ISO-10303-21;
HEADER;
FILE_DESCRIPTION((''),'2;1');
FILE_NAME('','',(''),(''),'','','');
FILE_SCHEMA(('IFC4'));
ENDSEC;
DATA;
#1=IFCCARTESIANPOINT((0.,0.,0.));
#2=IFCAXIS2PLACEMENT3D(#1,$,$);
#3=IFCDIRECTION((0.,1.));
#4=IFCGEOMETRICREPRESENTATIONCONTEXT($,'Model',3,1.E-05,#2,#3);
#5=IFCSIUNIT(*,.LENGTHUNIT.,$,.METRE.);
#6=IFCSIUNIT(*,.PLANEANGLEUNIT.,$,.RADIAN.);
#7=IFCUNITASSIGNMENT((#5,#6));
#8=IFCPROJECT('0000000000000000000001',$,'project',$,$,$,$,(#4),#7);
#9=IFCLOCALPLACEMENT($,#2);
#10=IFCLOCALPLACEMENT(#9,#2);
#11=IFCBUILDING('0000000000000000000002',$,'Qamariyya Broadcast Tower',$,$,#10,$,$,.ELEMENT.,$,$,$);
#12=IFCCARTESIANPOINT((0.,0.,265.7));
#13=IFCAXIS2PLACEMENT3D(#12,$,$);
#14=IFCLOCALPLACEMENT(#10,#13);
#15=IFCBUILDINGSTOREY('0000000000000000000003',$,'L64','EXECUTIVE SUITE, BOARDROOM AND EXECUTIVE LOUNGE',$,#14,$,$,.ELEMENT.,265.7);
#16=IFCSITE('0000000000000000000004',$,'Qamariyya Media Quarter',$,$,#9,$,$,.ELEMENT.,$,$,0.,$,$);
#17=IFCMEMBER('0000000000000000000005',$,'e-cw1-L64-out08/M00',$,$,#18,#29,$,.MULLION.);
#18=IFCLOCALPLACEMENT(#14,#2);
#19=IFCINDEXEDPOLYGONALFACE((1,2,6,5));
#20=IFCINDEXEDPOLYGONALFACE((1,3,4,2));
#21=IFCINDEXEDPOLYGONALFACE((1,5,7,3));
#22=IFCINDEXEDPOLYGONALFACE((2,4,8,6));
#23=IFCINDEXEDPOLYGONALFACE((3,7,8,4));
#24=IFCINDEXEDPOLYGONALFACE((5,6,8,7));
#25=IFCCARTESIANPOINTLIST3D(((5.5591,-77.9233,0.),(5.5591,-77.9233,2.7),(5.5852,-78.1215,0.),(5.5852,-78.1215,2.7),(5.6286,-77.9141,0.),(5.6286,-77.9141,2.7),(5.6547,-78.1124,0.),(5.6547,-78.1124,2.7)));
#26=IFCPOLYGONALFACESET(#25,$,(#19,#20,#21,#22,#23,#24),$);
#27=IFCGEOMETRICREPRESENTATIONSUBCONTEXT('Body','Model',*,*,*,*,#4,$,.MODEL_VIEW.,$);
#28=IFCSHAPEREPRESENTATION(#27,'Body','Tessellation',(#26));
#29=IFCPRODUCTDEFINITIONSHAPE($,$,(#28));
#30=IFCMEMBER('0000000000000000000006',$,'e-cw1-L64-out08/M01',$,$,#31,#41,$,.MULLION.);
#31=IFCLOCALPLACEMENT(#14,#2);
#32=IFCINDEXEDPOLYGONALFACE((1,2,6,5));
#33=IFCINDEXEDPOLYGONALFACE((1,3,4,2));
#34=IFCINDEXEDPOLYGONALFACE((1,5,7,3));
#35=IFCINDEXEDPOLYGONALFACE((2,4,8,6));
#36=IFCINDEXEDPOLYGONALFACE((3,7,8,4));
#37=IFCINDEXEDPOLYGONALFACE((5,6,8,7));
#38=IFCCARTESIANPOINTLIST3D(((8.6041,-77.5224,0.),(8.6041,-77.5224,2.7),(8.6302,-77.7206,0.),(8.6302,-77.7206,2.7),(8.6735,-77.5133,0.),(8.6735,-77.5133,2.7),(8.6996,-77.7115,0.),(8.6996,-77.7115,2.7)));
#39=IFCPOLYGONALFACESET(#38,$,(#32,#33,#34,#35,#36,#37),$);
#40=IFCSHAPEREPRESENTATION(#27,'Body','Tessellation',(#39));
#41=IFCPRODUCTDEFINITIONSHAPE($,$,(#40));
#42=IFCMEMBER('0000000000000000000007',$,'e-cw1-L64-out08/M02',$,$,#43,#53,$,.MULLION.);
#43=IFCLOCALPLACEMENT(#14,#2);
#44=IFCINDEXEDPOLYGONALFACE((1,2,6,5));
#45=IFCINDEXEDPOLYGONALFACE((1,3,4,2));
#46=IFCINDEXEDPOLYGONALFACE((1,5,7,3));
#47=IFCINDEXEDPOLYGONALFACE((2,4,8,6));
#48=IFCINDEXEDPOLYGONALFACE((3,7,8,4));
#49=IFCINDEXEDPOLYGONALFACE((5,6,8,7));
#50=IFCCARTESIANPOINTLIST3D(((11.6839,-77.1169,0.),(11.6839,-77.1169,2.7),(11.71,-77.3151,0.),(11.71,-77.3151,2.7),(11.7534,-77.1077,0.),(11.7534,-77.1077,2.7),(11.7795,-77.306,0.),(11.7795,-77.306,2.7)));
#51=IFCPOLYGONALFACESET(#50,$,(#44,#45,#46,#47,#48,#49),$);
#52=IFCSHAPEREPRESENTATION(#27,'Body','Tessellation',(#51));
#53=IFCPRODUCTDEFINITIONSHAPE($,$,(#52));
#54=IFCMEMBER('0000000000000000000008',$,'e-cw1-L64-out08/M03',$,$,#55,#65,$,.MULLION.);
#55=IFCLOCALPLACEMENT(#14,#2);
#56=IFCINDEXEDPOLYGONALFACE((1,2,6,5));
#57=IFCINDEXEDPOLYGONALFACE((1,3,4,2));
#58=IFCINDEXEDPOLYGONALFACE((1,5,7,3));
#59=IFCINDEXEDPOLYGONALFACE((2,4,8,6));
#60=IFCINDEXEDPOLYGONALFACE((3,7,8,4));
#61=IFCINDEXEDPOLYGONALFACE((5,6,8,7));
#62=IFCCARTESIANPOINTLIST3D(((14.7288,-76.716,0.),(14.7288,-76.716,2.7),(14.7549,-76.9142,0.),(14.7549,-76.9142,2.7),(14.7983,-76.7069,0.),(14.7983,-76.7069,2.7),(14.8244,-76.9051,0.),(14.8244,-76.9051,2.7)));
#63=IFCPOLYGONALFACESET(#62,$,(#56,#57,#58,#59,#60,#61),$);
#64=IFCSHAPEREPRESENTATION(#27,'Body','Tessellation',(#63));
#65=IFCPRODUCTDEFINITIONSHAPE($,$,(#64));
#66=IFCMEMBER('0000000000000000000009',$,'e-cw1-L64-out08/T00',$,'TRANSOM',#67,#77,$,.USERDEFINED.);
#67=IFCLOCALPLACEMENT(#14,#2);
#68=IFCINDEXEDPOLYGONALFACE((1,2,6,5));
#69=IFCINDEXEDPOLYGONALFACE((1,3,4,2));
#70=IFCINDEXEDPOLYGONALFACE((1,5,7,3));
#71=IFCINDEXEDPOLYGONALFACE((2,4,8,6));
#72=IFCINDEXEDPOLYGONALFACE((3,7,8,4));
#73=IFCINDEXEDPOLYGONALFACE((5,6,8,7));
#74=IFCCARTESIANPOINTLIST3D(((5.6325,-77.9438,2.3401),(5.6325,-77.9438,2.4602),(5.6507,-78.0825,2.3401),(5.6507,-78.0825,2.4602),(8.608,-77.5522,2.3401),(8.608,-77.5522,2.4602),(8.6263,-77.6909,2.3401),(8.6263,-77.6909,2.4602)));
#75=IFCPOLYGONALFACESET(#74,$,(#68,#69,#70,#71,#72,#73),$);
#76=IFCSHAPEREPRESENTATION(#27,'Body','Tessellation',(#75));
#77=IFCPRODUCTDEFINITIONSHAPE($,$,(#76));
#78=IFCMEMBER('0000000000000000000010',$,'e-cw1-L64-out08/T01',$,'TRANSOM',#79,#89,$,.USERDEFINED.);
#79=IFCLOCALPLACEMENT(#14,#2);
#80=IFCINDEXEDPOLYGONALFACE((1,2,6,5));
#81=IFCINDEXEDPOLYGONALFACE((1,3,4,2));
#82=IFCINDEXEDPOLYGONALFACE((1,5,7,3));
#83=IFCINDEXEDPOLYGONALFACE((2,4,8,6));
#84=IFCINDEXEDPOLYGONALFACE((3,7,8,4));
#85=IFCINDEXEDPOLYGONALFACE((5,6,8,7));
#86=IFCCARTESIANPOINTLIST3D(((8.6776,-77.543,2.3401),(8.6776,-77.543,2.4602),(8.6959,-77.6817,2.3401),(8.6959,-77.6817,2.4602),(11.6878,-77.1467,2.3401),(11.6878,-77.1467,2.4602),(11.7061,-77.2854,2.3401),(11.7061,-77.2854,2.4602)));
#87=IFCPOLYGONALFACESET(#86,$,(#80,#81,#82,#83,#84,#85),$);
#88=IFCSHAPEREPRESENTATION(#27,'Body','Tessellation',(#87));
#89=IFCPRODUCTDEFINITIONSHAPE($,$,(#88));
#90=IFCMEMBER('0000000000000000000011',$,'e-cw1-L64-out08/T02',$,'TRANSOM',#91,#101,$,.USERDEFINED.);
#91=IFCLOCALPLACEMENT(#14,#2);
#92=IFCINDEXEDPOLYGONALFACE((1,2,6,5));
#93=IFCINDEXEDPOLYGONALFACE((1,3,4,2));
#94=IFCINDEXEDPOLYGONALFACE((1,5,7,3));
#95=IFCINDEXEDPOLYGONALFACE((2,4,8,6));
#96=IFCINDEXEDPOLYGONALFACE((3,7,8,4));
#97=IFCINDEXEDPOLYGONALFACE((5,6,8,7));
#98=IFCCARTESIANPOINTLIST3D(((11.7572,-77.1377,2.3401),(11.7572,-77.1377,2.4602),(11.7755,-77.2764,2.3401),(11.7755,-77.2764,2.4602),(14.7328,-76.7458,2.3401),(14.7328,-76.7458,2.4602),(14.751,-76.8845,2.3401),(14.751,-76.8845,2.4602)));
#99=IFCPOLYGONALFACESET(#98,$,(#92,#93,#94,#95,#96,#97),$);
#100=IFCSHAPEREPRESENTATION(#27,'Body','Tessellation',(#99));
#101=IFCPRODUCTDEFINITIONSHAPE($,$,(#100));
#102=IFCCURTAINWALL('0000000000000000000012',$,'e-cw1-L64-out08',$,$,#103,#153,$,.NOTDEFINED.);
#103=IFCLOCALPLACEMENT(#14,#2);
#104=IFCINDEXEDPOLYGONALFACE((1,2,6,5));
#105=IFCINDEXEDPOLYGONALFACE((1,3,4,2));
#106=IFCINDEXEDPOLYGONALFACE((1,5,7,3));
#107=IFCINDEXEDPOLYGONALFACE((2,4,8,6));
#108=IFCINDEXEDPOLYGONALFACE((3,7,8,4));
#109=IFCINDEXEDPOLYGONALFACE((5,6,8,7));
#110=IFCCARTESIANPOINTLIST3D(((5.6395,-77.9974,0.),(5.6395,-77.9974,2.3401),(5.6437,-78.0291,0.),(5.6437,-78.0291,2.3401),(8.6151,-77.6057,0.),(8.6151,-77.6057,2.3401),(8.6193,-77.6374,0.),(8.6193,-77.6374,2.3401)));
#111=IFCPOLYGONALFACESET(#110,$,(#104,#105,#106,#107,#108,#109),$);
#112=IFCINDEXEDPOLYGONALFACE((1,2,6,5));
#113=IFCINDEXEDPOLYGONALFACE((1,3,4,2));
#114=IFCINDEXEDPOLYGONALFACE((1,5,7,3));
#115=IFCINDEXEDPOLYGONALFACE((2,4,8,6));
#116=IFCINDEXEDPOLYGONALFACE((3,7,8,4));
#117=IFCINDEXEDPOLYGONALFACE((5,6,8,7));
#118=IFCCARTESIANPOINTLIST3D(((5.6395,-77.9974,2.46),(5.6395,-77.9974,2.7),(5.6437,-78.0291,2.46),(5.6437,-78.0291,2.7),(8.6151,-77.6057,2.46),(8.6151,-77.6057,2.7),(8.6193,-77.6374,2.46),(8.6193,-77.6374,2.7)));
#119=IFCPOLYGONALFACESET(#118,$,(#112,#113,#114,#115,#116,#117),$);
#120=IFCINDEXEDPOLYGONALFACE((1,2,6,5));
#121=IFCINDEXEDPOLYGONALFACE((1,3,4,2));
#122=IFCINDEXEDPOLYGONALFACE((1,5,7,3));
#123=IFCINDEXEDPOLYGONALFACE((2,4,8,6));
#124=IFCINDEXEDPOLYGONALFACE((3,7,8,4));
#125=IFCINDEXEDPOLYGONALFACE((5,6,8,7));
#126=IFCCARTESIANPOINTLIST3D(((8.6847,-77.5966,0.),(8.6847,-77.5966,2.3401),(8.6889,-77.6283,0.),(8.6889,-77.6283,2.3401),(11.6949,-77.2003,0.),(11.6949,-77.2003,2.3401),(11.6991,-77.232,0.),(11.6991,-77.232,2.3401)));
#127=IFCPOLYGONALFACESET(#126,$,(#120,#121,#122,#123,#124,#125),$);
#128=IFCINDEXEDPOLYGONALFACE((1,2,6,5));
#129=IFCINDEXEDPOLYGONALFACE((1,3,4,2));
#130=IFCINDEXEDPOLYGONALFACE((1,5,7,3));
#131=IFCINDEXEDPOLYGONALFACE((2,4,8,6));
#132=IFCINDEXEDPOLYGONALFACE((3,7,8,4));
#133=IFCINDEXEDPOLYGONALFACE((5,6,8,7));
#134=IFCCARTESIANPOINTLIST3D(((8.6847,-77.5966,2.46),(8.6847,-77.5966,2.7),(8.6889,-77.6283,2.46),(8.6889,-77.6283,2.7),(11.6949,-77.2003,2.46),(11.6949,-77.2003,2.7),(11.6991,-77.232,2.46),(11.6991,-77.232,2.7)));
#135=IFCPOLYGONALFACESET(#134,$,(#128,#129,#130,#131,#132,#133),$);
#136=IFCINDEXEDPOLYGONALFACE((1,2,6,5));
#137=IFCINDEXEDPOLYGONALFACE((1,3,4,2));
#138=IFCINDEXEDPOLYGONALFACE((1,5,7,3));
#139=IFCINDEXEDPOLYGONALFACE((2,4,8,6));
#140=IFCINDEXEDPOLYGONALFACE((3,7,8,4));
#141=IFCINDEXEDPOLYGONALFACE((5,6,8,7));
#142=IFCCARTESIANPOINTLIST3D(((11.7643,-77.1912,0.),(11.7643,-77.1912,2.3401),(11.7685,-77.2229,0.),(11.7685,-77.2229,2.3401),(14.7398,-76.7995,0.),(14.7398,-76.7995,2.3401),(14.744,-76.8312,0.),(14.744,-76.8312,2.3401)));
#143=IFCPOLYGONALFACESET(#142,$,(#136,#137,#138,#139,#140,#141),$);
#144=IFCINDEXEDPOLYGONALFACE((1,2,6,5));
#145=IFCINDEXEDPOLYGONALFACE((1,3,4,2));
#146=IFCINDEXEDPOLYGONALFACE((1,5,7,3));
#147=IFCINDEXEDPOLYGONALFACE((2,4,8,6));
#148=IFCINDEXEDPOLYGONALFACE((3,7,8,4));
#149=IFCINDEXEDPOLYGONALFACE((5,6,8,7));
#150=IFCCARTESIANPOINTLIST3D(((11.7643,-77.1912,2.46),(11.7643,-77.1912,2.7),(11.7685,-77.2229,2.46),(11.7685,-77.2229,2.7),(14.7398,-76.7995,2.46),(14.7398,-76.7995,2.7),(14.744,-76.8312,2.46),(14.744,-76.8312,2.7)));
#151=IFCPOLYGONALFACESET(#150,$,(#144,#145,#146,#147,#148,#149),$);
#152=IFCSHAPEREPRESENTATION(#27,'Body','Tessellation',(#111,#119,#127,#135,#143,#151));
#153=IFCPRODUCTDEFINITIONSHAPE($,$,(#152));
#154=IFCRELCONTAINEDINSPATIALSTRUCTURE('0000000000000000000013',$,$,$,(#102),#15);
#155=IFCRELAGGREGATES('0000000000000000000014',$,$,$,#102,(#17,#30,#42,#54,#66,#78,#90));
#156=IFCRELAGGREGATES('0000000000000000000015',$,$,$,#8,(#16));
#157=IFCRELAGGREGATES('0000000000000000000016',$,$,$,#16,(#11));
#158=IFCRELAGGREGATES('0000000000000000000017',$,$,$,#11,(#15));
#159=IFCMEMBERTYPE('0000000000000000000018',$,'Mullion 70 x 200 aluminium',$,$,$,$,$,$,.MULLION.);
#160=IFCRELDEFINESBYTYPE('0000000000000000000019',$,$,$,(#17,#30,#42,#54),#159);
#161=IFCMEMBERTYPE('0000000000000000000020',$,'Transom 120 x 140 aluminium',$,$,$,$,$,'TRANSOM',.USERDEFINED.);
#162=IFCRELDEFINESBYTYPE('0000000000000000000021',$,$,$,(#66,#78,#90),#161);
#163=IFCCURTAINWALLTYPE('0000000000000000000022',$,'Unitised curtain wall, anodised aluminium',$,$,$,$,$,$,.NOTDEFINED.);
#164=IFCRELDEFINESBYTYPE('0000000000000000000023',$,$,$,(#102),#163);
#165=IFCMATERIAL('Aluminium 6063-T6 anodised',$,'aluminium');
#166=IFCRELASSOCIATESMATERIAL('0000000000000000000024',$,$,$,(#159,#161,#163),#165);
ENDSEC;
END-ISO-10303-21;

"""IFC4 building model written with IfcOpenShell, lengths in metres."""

from ifc_helpers import new_model, si_unit, direction, frame, origin, origin_2d, place, context, subcontext, project, spatial, rectangle, extrude, material, material_profile, profile_set, type_object, element, aggregate, save


model = new_model("IFC4")

# Units and contexts
model_context = context("Model", 3, precision=1e-05, world=origin(), true_north=direction((0.0, 1.0)))
body_context = subcontext(model_context, "Body", "Model", "MODEL_VIEW")
ifc_project = project(units=[si_unit("LENGTHUNIT", "METRE"), si_unit("PLANEANGLEUNIT", "RADIAN")], contexts=[model_context])

# Site, building, storey
site_placement = place(None, origin())
site = spatial("IfcSite", under=ifc_project, at=site_placement, Name="Qamariyya Media Quarter", CompositionType="ELEMENT", RefElevation=0.0)
building_placement = place(site_placement, origin())
building = spatial("IfcBuilding", under=site, at=building_placement, Name="Qamariyya Broadcast Tower", CompositionType="ELEMENT")
storey_placement = place(building_placement, frame((0.0, 0.0, 265.7)))
storey = spatial("IfcBuildingStorey", under=building, at=storey_placement, Name="L64", Description="EXECUTIVE SUITE, BOARDROOM AND EXECUTIVE LOUNGE", CompositionType="ELEMENT", Elevation=265.7)

# Members
ifc_material_1 = material(Name="Aluminium 6063-T6 anodised", Category="aluminium")
ifc_material_profile_1 = material_profile(ifc_material_1, rectangle(XDim=0.2, YDim=0.0701, at=origin_2d()))
ifc_profile_set_1 = profile_set([ifc_material_profile_1], Name="Aluminium 6063-T6 anodised")
member_type_1 = type_object("IfcMemberType", Name="Mullion 70 x 200 aluminium", PredefinedType="MULLION", material=ifc_profile_set_1)
member_1_placement = place(storey_placement, frame((5.6069, -78.0178, 0.0), z_axis=(0.0, 0.0, 1.0), x_axis=(-0.130526, 0.991445, 0.0)))
member_1 = element("IfcMember", 1, at=member_1_placement, type_object=member_type_1, Name="e-cw1-L64-out08/M00", PredefinedType="MULLION", context=body_context, shape_type="SweptSolid", body=[
    extrude(rectangle(XDim=0.2, YDim=0.0701, at=origin_2d()), origin(), (0.0, 0.0, 1.0), 2.7),
])
member_2_placement = place(storey_placement, frame((8.6519, -77.6169, 0.0), z_axis=(0.0, 0.0, 1.0), x_axis=(-0.130526, 0.991445, 0.0)))
member_2 = element("IfcMember", 2, at=member_2_placement, type_object=member_type_1, Name="e-cw1-L64-out08/M01", PredefinedType="MULLION", context=body_context, shape_type="SweptSolid", body=[
    extrude(rectangle(XDim=0.2, YDim=0.0701, at=origin_2d()), origin(), (0.0, 0.0, 1.0), 2.7),
])
member_3_placement = place(storey_placement, frame((11.7317, -77.2114, 0.0), z_axis=(0.0, 0.0, 1.0), x_axis=(-0.130526, 0.991445, 0.0)))
member_3 = element("IfcMember", 3, at=member_3_placement, type_object=member_type_1, Name="e-cw1-L64-out08/M02", PredefinedType="MULLION", context=body_context, shape_type="SweptSolid", body=[
    extrude(rectangle(XDim=0.2, YDim=0.0701, at=origin_2d()), origin(), (0.0, 0.0, 1.0), 2.7),
])
member_4_placement = place(storey_placement, frame((14.7766, -76.8105, 0.0), z_axis=(0.0, 0.0, 1.0), x_axis=(-0.130526, 0.991445, 0.0)))
member_4 = element("IfcMember", 4, at=member_4_placement, type_object=member_type_1, Name="e-cw1-L64-out08/M03", PredefinedType="MULLION", context=body_context, shape_type="SweptSolid", body=[
    extrude(rectangle(XDim=0.2, YDim=0.0701, at=origin_2d()), origin(), (0.0, 0.0, 1.0), 2.7),
])

# Members
ifc_material_profile_2 = material_profile(ifc_material_1, rectangle(XDim=0.1399, YDim=0.1201, at=origin_2d()))
ifc_profile_set_2 = profile_set([ifc_material_profile_2], Name="Aluminium 6063-T6 anodised")
member_type_2 = type_object("IfcMemberType", Name="Transom 120 x 140 aluminium", ElementType="TRANSOM", PredefinedType="USERDEFINED", material=ifc_profile_set_2)
member_5_placement = place(storey_placement, frame((5.6416, -78.0132, 2.4001), z_axis=(0.991451, 0.13048, 0.0), x_axis=(-0.13048, 0.991451, 0.0)))
member_5 = element("IfcMember", 5, at=member_5_placement, type_object=member_type_2, Name="e-cw1-L64-out08/T00", ObjectType="TRANSOM", PredefinedType="USERDEFINED", context=body_context, shape_type="SweptSolid", body=[
    extrude(rectangle(XDim=0.1399, YDim=0.1201, at=origin_2d()), origin(), (0.0, 0.0, 1.0), 3.0012),
])
member_6_placement = place(storey_placement, frame((8.6868, -77.6123, 2.4001), z_axis=(0.991448, 0.130504, 0.0), x_axis=(-0.130504, 0.991448, 0.0)))
member_6 = element("IfcMember", 6, at=member_6_placement, type_object=member_type_2, Name="e-cw1-L64-out08/T01", ObjectType="TRANSOM", PredefinedType="USERDEFINED", context=body_context, shape_type="SweptSolid", body=[
    extrude(rectangle(XDim=0.1399, YDim=0.1201, at=origin_2d()), origin(), (0.0, 0.0, 1.0), 3.0361),
])
member_7_placement = place(storey_placement, frame((11.7664, -77.207, 2.4001), z_axis=(0.99144, 0.13056, 0.0), x_axis=(-0.13056, 0.99144, 0.0)))
member_7 = element("IfcMember", 7, at=member_7_placement, type_object=member_type_2, Name="e-cw1-L64-out08/T02", ObjectType="TRANSOM", PredefinedType="USERDEFINED", context=body_context, shape_type="SweptSolid", body=[
    extrude(rectangle(XDim=0.1399, YDim=0.1201, at=origin_2d()), origin(), (0.0, 0.0, 1.0), 3.0012),
])

# Curtain wall
curtain_wall_type = type_object("IfcCurtainWallType", Name="Unitised curtain wall, anodised aluminium", PredefinedType="NOTDEFINED", material=ifc_material_1)
curtain_wall_1_placement = place(storey_placement, origin())
curtain_wall_1 = element("IfcCurtainWall", 8, at=curtain_wall_1_placement, inside=storey, type_object=curtain_wall_type, Name="e-cw1-L64-out08", PredefinedType="NOTDEFINED", context=body_context, shape_type="SweptSolid", body=[
    extrude(rectangle(XDim=3.0012, YDim=0.032, at=origin_2d()), frame((7.1294, -77.8174, 0.0), x_axis=(0.991445, 0.130523, 0.0)), (0.0, 0.0, 1.0), 2.3401),
    extrude(rectangle(XDim=3.0012, YDim=0.032, at=origin_2d()), frame((7.1294, -77.8174, 2.46), x_axis=(0.991445, 0.130523, 0.0)), (0.0, 0.0, 1.0), 0.24),
    extrude(rectangle(XDim=3.0361, YDim=0.032, at=origin_2d()), frame((10.1919, -77.4143, 0.0), x_axis=(0.991445, 0.130523, 0.0)), (0.0, 0.0, 1.0), 2.3401),
    extrude(rectangle(XDim=3.0361, YDim=0.032, at=origin_2d()), frame((10.1919, -77.4143, 2.46), x_axis=(0.991445, 0.130523, 0.0)), (0.0, 0.0, 1.0), 0.24),
    extrude(rectangle(XDim=3.0012, YDim=0.032, at=origin_2d()), frame((13.2542, -77.0112, 0.0), x_axis=(0.991445, 0.130523, 0.0)), (0.0, 0.0, 1.0), 2.3401),
    extrude(rectangle(XDim=3.0012, YDim=0.032, at=origin_2d()), frame((13.2542, -77.0112, 2.46), x_axis=(0.991445, 0.130523, 0.0)), (0.0, 0.0, 1.0), 0.24),
])
aggregate(curtain_wall_1, [member_1, member_2, member_3, member_4, member_5, member_6, member_7])

save(model, "model.ifc")
